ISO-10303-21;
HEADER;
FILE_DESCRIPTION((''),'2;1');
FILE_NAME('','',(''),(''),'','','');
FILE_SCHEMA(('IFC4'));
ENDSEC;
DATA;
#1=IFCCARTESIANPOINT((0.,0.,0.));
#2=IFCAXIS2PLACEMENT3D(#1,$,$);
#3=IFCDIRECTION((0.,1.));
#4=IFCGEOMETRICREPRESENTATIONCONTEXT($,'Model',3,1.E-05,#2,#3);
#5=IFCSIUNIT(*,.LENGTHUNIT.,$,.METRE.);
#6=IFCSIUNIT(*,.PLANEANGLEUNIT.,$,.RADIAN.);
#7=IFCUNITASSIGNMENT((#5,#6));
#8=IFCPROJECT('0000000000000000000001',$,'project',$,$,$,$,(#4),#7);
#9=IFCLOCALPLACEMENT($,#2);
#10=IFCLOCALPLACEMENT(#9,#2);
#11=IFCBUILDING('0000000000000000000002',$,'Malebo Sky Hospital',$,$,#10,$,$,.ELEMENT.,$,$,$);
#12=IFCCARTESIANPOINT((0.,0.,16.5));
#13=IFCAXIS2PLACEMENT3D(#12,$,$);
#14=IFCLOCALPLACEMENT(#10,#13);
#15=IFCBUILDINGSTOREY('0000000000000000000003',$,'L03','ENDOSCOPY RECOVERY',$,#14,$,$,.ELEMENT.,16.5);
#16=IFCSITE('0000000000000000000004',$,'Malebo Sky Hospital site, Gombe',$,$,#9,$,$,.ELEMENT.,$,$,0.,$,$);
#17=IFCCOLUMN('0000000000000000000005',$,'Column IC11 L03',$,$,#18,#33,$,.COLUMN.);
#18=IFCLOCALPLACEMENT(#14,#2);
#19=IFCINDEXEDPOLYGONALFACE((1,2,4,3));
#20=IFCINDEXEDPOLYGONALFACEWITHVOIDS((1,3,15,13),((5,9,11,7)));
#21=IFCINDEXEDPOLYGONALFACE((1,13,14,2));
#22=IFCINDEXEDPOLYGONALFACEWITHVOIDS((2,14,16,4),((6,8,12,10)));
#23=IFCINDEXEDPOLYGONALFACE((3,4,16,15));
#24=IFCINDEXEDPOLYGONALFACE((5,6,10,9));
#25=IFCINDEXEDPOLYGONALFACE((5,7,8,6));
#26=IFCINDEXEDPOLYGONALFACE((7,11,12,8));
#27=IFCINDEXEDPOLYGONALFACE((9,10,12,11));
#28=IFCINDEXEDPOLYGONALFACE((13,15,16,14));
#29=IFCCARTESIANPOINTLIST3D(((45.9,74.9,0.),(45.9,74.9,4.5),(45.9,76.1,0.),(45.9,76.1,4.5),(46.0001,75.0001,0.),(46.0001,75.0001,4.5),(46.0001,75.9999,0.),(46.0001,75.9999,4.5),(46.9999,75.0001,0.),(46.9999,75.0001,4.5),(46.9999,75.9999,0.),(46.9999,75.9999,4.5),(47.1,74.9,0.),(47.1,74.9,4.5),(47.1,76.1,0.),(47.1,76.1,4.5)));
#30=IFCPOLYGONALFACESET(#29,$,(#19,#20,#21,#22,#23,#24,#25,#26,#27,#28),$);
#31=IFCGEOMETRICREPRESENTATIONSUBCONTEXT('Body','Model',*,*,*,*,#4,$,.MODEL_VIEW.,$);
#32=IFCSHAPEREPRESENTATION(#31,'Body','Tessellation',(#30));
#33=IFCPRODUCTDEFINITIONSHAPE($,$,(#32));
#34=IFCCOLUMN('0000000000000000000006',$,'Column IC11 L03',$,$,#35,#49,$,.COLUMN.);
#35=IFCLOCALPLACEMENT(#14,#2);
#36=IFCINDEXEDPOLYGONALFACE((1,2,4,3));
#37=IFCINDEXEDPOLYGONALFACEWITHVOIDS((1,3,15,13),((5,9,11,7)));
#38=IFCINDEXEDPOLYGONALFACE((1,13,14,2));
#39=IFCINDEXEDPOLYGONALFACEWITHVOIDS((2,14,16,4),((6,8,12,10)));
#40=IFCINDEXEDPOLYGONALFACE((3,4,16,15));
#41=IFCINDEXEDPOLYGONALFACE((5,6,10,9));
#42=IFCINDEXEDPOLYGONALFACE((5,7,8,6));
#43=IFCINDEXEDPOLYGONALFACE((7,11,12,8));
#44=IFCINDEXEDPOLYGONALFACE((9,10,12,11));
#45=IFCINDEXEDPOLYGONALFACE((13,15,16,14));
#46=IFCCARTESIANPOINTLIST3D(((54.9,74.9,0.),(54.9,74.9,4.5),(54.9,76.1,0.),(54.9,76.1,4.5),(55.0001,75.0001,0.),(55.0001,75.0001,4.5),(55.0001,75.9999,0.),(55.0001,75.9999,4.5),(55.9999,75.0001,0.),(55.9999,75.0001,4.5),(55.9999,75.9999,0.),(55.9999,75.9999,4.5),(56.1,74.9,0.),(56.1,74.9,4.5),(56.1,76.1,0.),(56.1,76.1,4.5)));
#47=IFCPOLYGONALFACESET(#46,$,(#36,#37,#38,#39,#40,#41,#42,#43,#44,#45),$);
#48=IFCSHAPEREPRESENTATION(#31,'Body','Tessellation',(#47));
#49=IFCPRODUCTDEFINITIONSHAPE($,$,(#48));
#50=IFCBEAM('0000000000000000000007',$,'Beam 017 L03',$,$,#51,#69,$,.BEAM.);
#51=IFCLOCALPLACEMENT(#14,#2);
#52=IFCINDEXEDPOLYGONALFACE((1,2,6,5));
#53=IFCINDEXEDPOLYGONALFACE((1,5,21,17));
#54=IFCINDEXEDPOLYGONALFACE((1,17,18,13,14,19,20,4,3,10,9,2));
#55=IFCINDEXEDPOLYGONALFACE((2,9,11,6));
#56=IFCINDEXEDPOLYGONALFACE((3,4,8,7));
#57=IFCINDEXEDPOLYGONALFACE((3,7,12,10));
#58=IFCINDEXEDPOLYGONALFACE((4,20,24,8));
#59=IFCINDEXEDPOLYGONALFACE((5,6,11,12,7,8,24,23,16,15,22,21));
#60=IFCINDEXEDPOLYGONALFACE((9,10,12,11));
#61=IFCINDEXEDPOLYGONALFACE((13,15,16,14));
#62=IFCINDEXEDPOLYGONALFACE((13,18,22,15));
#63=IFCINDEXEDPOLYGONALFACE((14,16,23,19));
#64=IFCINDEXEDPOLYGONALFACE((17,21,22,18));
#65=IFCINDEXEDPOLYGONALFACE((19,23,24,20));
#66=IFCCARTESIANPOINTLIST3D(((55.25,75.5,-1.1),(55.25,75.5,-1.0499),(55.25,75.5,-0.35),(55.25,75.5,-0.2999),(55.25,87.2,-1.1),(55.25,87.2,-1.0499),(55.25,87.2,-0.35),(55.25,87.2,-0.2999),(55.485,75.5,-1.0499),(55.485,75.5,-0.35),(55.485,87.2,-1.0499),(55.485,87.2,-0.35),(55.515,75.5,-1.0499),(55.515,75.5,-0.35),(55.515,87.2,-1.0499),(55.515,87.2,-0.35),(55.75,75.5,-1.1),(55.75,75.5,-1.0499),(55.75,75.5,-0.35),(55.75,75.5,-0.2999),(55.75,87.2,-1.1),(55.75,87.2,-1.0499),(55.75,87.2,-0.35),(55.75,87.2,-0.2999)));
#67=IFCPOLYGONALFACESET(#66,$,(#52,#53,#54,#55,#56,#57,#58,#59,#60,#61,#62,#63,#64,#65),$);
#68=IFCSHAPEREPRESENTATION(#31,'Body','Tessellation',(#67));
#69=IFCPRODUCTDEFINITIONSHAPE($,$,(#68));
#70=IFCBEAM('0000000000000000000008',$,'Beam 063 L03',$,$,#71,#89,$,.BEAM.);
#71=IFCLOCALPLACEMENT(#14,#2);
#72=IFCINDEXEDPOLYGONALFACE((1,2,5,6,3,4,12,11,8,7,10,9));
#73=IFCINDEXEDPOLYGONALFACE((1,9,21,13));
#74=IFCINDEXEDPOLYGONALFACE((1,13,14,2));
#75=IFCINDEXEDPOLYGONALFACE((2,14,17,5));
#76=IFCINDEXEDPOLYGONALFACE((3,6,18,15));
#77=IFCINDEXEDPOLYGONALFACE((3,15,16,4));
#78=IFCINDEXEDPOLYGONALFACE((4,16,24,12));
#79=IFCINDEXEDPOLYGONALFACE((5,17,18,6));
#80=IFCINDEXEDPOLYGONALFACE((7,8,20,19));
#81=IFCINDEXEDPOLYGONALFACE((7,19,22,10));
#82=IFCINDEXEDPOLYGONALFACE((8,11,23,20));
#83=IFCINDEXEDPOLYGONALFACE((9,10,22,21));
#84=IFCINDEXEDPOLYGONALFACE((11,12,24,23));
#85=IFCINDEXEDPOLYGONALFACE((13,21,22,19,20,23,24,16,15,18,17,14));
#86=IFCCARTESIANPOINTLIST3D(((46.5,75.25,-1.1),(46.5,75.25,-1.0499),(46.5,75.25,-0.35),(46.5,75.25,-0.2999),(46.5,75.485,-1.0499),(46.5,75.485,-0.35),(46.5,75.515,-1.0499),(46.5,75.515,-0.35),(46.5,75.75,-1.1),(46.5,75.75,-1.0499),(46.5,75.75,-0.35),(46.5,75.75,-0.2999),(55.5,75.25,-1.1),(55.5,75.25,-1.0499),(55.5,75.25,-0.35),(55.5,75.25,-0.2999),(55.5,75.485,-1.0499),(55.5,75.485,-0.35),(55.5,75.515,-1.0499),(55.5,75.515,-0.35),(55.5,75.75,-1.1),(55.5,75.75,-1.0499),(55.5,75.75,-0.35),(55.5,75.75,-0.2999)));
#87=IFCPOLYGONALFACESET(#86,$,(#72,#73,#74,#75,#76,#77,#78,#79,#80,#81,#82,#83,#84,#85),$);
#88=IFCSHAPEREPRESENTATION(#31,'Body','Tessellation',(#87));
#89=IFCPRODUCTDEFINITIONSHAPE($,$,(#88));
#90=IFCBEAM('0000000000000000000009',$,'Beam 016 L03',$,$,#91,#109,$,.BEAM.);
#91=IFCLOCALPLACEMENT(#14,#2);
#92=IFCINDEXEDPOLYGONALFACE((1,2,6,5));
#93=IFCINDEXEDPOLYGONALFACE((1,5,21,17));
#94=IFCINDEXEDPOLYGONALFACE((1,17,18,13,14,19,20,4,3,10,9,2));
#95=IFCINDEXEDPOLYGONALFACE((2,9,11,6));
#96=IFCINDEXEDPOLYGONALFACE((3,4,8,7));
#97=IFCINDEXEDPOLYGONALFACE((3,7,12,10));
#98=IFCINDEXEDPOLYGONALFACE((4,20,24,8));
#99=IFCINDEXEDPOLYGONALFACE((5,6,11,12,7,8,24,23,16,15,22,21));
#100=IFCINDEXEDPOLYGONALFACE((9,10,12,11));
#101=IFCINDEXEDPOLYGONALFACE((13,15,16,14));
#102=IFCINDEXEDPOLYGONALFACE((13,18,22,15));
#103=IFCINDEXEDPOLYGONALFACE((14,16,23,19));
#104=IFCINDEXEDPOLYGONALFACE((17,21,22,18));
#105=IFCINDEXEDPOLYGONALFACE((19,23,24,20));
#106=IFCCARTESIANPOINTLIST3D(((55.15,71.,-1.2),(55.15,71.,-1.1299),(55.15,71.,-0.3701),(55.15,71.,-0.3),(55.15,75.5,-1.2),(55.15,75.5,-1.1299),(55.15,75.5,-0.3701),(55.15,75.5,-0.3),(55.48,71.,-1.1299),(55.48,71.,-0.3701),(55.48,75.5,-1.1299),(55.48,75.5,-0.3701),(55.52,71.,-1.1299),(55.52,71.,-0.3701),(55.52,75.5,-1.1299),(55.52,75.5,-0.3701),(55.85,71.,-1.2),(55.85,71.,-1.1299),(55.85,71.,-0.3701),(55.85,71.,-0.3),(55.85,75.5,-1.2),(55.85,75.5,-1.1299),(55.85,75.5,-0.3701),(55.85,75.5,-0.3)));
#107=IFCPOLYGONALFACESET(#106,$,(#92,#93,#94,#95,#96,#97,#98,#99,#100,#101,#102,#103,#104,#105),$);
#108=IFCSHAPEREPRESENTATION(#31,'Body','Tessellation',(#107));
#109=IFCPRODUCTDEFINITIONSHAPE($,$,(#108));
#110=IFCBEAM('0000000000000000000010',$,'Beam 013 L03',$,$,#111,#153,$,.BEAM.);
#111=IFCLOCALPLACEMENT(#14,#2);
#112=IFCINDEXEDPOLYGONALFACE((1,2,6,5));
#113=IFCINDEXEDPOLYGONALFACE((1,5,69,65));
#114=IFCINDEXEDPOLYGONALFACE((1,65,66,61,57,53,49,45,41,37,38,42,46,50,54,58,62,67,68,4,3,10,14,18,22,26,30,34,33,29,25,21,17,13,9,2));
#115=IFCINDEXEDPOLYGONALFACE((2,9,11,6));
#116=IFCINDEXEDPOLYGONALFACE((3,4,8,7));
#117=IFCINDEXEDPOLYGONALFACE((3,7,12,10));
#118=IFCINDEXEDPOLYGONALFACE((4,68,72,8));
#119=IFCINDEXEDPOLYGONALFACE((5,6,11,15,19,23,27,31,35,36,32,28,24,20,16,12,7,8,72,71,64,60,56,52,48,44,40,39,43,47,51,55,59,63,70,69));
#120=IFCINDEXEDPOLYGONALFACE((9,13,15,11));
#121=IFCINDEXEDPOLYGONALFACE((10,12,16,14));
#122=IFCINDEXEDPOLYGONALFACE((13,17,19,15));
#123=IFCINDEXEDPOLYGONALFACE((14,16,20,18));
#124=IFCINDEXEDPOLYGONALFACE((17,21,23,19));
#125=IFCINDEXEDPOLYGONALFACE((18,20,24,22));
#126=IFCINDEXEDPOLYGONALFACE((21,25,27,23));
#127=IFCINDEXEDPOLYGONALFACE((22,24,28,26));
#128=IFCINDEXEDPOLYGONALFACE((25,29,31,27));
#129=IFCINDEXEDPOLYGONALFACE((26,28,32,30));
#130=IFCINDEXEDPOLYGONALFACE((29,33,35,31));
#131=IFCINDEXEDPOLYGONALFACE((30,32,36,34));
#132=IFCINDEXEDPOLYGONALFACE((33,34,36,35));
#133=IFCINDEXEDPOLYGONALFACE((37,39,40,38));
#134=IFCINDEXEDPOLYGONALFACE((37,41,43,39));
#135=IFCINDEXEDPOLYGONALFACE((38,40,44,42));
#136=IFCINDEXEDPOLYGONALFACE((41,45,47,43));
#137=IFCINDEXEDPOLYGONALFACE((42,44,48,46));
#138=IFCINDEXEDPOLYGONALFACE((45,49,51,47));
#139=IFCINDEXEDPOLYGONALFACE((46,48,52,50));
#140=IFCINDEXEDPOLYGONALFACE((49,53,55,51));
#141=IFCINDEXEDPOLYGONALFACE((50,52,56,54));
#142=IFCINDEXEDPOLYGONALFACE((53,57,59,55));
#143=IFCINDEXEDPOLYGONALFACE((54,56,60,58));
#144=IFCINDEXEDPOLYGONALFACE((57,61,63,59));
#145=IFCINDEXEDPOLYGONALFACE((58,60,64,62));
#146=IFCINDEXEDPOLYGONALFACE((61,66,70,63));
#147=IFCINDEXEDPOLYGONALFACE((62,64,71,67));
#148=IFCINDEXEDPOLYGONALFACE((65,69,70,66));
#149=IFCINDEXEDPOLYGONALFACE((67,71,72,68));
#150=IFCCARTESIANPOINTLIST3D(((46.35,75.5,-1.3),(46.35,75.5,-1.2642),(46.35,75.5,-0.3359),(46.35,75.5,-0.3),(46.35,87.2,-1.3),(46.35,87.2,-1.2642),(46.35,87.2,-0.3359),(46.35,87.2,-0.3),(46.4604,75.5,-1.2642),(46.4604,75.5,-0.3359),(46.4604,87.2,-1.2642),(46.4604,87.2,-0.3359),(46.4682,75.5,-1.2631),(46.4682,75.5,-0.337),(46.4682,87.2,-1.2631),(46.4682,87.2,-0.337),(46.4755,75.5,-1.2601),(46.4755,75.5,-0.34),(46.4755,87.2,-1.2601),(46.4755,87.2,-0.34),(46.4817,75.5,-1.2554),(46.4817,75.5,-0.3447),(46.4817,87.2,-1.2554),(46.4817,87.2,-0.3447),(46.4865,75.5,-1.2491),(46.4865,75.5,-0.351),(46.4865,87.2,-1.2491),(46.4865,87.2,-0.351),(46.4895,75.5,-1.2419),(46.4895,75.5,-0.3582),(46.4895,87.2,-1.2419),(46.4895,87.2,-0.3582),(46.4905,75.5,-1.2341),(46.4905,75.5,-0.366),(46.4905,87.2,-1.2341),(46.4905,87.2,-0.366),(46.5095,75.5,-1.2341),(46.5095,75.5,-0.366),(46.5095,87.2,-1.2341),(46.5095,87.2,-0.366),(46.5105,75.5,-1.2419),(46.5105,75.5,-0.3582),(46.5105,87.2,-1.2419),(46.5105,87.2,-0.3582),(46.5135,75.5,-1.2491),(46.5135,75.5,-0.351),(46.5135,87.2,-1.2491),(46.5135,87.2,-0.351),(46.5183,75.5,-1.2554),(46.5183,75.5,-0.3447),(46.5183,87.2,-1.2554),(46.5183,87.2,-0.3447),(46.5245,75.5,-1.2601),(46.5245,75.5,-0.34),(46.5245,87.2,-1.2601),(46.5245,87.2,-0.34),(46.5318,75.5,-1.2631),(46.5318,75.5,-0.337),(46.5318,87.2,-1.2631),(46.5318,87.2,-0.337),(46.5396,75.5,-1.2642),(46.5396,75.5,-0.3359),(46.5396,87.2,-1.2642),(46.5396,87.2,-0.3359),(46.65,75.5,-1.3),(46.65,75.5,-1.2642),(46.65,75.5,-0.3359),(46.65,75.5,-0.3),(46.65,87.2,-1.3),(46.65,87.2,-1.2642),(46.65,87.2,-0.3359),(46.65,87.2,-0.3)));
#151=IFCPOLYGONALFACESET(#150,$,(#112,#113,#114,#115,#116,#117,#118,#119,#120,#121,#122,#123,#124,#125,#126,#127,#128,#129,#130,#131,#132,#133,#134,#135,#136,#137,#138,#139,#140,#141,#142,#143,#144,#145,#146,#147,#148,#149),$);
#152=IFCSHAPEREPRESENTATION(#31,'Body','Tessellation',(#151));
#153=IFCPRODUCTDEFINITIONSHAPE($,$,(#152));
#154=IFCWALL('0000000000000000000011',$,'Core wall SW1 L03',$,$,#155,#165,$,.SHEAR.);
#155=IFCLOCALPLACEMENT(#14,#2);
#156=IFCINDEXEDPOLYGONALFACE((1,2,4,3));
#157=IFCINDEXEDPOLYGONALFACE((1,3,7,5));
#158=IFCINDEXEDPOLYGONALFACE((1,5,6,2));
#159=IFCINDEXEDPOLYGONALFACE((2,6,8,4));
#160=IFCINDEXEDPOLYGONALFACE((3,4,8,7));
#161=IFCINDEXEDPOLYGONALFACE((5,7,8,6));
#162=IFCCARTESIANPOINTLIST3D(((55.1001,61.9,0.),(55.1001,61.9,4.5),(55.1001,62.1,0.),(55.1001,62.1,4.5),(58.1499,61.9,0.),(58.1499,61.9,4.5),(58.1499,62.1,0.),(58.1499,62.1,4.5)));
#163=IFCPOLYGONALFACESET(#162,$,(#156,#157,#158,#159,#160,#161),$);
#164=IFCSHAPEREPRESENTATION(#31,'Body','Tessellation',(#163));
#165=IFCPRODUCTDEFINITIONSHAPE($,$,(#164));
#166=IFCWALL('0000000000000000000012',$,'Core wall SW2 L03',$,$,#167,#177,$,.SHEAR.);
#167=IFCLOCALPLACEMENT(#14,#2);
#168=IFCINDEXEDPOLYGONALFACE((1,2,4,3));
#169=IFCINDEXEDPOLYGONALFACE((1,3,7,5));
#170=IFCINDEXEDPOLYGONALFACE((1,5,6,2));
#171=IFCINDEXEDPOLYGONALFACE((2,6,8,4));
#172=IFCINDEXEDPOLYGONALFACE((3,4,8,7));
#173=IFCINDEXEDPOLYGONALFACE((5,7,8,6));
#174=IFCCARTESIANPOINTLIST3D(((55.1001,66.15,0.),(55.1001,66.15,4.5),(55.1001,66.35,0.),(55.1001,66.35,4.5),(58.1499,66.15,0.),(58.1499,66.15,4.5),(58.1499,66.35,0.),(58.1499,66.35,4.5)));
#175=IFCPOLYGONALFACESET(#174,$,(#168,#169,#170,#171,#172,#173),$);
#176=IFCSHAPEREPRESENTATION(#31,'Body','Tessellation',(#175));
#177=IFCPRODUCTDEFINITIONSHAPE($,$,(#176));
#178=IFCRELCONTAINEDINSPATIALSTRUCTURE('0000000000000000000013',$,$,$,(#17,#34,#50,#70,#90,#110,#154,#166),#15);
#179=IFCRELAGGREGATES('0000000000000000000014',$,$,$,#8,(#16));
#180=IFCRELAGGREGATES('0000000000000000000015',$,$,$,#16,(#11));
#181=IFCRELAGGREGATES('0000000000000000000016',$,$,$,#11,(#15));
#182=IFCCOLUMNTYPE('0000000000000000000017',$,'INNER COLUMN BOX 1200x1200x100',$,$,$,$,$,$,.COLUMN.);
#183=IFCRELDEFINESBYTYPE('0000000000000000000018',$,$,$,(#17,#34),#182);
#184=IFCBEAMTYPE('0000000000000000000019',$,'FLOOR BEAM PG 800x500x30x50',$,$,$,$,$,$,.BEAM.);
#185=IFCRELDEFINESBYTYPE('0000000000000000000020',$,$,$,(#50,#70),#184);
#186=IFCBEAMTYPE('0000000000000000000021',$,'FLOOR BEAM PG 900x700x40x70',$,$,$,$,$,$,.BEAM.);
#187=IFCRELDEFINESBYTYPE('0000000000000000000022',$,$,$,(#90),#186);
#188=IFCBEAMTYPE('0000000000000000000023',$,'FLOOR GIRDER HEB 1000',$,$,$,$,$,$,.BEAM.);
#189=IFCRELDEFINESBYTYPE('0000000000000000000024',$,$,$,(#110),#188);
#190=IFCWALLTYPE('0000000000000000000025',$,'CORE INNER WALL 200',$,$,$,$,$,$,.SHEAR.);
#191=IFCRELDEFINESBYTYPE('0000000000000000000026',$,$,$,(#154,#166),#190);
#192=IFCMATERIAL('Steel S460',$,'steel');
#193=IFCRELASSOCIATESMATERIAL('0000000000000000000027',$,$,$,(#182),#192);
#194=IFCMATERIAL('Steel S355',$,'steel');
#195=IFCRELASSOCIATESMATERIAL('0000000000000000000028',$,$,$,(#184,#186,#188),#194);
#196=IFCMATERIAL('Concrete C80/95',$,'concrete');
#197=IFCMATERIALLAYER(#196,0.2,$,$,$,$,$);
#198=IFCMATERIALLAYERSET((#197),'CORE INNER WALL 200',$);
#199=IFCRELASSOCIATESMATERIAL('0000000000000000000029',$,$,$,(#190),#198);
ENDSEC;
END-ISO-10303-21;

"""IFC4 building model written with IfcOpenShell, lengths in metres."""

from ifc_helpers import new_model, si_unit, direction, frame, frame_2d, origin, origin_2d, place, context, subcontext, project, spatial, rectangle, hollow_rectangle, i_section, extrude, material, layer, layer_set, material_profile, profile_set, type_object, element, save


model = new_model("IFC4")

# Units and contexts
model_context = context("Model", 3, precision=1e-05, world=origin(), true_north=direction((0.0, 1.0)))
body_context = subcontext(model_context, "Body", "Model", "MODEL_VIEW")
ifc_project = project(units=[si_unit("LENGTHUNIT", "METRE"), si_unit("PLANEANGLEUNIT", "RADIAN")], contexts=[model_context])

# Site, building, storey
site_placement = place(None, origin())
site = spatial("IfcSite", under=ifc_project, at=site_placement, Name="Malebo Sky Hospital site, Gombe", CompositionType="ELEMENT", RefElevation=0.0)
building_placement = place(site_placement, origin())
building = spatial("IfcBuilding", under=site, at=building_placement, Name="Malebo Sky Hospital", CompositionType="ELEMENT")
storey_placement = place(building_placement, frame((0.0, 0.0, 16.5)))
storey = spatial("IfcBuildingStorey", under=building, at=storey_placement, Name="L03", Description="ENDOSCOPY RECOVERY", CompositionType="ELEMENT", Elevation=16.5)

# Columns
ifc_material_1 = material(Name="Steel S460", Category="steel")
ifc_material_profile_1 = material_profile(ifc_material_1, hollow_rectangle(XDim=1.2, YDim=1.2, WallThickness=0.1001, at=origin_2d()), Name="BOX 1200x1200x100")
ifc_profile_set_1 = profile_set([ifc_material_profile_1], Name="Steel S460")
column_type = type_object("IfcColumnType", Name="INNER COLUMN BOX 1200x1200x100", PredefinedType="COLUMN", material=ifc_profile_set_1)
for number, where, z_axis, x_axis, name in (
    (1, (46.5, 75.5, 0.0), (0.0, 0.0, 1.0), (1.0, 0.0, 0.0), "Column IC11 L03"),
    (2, (55.5, 75.5, 0.0), (0.0, 0.0, 1.0), (1.0, 0.0, 0.0), "Column IC11 L03"),
):
    element("IfcColumn", number, at=place(storey_placement, frame(where, z_axis=z_axis, x_axis=x_axis)), inside=storey, type_object=column_type, Name=name, PredefinedType="COLUMN", context=body_context, shape_type="SweptSolid", body=[
        extrude(hollow_rectangle(XDim=1.2, YDim=1.2, WallThickness=0.1001, at=origin_2d()), origin(), (0.0, 0.0, 1.0), 4.5),
    ])

# Beams
ifc_material_2 = material(Name="Steel S355", Category="steel")
ifc_material_profile_2 = material_profile(ifc_material_2, i_section(OverallWidth=0.5, OverallDepth=0.8, WebThickness=0.03, FlangeThickness=0.05, at=origin_2d()), Name="PG 800x500x30x50")
ifc_profile_set_2 = profile_set([ifc_material_profile_2], Name="Steel S355")
beam_type_1 = type_object("IfcBeamType", Name="FLOOR BEAM PG 800x500x30x50", PredefinedType="BEAM", material=ifc_profile_set_2)
beam_1_placement = place(storey_placement, frame((55.5, 75.5, -0.7), z_axis=(0.0, 1.0, 0.0), x_axis=(-1.0, 0.0, 0.0)))
element("IfcBeam", 3, at=beam_1_placement, inside=storey, type_object=beam_type_1, Name="Beam 017 L03", PredefinedType="BEAM", context=body_context, shape_type="SweptSolid", body=[
    extrude(i_section(OverallWidth=0.5, OverallDepth=0.8, WebThickness=0.03, FlangeThickness=0.05, at=origin_2d()), origin(), (0.0, 0.0, 1.0), 11.7),
])
beam_2_placement = place(storey_placement, frame((46.5, 75.5, -0.7), z_axis=(1.0, 0.0, 0.0), x_axis=(0.0, 1.0, 0.0)))
element("IfcBeam", 4, at=beam_2_placement, inside=storey, type_object=beam_type_1, Name="Beam 063 L03", PredefinedType="BEAM", context=body_context, shape_type="SweptSolid", body=[
    extrude(i_section(OverallWidth=0.5, OverallDepth=0.8, WebThickness=0.03, FlangeThickness=0.05, at=origin_2d()), origin(), (0.0, 0.0, 1.0), 9.0),
])
ifc_material_profile_3 = material_profile(ifc_material_2, i_section(OverallWidth=0.7, OverallDepth=0.8999, WebThickness=0.04, FlangeThickness=0.0701, at=origin_2d()), Name="PG 900x700x40x70")
ifc_profile_set_3 = profile_set([ifc_material_profile_3], Name="Steel S355")
beam_type_2 = type_object("IfcBeamType", Name="FLOOR BEAM PG 900x700x40x70", PredefinedType="BEAM", material=ifc_profile_set_3)
beam_3_placement = place(storey_placement, frame((55.5, 71.0, -0.75), z_axis=(0.0, 1.0, 0.0), x_axis=(-1.0, 0.0, 0.0)))
element("IfcBeam", 5, at=beam_3_placement, inside=storey, type_object=beam_type_2, Name="Beam 016 L03", PredefinedType="BEAM", context=body_context, shape_type="SweptSolid", body=[
    extrude(i_section(OverallWidth=0.7, OverallDepth=0.8999, WebThickness=0.04, FlangeThickness=0.0701, at=origin_2d()), origin(), (0.0, 0.0, 1.0), 4.5),
])
ifc_material_profile_4 = material_profile(ifc_material_2, i_section(OverallWidth=0.3, OverallDepth=1.0, WebThickness=0.019, FlangeThickness=0.0359, FilletRadius=0.03, at=origin_2d()), Name="HEB 1000")
ifc_profile_set_4 = profile_set([ifc_material_profile_4], Name="Steel S355")
beam_type_3 = type_object("IfcBeamType", Name="FLOOR GIRDER HEB 1000", PredefinedType="BEAM", material=ifc_profile_set_4)
beam_4_placement = place(storey_placement, frame((46.5, 75.5, -0.8), z_axis=(0.0, 1.0, 0.0), x_axis=(-1.0, 0.0, 0.0)))
element("IfcBeam", 6, at=beam_4_placement, inside=storey, type_object=beam_type_3, Name="Beam 013 L03", PredefinedType="BEAM", context=body_context, shape_type="SweptSolid", body=[
    extrude(i_section(OverallWidth=0.3, OverallDepth=1.0, WebThickness=0.019, FlangeThickness=0.0359, FilletRadius=0.03, at=origin_2d()), origin(), (0.0, 0.0, 1.0), 11.7),
])

# Walls
ifc_material_3 = material(Name="Concrete C80/95", Category="concrete")
ifc_layer_1 = layer(ifc_material_3, 0.2)
ifc_layer_set_1 = layer_set([ifc_layer_1], Name="CORE INNER WALL 200")
wall_type_1 = type_object("IfcWallType", Name="CORE INNER WALL 200", PredefinedType="SHEAR", material=ifc_layer_set_1)
for number, where, z_axis, x_axis, name in (
    (7, (55.1001, 62.0, 0.0), (0.0, 0.0, 1.0), (1.0, 0.0, 0.0), "Core wall SW1 L03"),
    (8, (55.1001, 66.25, 0.0), (0.0, 0.0, 1.0), (1.0, 0.0, 0.0), "Core wall SW2 L03"),
):
    element("IfcWall", number, at=place(storey_placement, frame(where, z_axis=z_axis, x_axis=x_axis)), inside=storey, type_object=wall_type_1, Name=name, PredefinedType="SHEAR", context=body_context, shape_type="SweptSolid", body=[
        extrude(rectangle(XDim=3.0498, YDim=0.2, at=frame_2d((1.5249, 0.0))), origin(), (0.0, 0.0, 1.0), 4.5),
    ])

save(model, "model.ifc")
